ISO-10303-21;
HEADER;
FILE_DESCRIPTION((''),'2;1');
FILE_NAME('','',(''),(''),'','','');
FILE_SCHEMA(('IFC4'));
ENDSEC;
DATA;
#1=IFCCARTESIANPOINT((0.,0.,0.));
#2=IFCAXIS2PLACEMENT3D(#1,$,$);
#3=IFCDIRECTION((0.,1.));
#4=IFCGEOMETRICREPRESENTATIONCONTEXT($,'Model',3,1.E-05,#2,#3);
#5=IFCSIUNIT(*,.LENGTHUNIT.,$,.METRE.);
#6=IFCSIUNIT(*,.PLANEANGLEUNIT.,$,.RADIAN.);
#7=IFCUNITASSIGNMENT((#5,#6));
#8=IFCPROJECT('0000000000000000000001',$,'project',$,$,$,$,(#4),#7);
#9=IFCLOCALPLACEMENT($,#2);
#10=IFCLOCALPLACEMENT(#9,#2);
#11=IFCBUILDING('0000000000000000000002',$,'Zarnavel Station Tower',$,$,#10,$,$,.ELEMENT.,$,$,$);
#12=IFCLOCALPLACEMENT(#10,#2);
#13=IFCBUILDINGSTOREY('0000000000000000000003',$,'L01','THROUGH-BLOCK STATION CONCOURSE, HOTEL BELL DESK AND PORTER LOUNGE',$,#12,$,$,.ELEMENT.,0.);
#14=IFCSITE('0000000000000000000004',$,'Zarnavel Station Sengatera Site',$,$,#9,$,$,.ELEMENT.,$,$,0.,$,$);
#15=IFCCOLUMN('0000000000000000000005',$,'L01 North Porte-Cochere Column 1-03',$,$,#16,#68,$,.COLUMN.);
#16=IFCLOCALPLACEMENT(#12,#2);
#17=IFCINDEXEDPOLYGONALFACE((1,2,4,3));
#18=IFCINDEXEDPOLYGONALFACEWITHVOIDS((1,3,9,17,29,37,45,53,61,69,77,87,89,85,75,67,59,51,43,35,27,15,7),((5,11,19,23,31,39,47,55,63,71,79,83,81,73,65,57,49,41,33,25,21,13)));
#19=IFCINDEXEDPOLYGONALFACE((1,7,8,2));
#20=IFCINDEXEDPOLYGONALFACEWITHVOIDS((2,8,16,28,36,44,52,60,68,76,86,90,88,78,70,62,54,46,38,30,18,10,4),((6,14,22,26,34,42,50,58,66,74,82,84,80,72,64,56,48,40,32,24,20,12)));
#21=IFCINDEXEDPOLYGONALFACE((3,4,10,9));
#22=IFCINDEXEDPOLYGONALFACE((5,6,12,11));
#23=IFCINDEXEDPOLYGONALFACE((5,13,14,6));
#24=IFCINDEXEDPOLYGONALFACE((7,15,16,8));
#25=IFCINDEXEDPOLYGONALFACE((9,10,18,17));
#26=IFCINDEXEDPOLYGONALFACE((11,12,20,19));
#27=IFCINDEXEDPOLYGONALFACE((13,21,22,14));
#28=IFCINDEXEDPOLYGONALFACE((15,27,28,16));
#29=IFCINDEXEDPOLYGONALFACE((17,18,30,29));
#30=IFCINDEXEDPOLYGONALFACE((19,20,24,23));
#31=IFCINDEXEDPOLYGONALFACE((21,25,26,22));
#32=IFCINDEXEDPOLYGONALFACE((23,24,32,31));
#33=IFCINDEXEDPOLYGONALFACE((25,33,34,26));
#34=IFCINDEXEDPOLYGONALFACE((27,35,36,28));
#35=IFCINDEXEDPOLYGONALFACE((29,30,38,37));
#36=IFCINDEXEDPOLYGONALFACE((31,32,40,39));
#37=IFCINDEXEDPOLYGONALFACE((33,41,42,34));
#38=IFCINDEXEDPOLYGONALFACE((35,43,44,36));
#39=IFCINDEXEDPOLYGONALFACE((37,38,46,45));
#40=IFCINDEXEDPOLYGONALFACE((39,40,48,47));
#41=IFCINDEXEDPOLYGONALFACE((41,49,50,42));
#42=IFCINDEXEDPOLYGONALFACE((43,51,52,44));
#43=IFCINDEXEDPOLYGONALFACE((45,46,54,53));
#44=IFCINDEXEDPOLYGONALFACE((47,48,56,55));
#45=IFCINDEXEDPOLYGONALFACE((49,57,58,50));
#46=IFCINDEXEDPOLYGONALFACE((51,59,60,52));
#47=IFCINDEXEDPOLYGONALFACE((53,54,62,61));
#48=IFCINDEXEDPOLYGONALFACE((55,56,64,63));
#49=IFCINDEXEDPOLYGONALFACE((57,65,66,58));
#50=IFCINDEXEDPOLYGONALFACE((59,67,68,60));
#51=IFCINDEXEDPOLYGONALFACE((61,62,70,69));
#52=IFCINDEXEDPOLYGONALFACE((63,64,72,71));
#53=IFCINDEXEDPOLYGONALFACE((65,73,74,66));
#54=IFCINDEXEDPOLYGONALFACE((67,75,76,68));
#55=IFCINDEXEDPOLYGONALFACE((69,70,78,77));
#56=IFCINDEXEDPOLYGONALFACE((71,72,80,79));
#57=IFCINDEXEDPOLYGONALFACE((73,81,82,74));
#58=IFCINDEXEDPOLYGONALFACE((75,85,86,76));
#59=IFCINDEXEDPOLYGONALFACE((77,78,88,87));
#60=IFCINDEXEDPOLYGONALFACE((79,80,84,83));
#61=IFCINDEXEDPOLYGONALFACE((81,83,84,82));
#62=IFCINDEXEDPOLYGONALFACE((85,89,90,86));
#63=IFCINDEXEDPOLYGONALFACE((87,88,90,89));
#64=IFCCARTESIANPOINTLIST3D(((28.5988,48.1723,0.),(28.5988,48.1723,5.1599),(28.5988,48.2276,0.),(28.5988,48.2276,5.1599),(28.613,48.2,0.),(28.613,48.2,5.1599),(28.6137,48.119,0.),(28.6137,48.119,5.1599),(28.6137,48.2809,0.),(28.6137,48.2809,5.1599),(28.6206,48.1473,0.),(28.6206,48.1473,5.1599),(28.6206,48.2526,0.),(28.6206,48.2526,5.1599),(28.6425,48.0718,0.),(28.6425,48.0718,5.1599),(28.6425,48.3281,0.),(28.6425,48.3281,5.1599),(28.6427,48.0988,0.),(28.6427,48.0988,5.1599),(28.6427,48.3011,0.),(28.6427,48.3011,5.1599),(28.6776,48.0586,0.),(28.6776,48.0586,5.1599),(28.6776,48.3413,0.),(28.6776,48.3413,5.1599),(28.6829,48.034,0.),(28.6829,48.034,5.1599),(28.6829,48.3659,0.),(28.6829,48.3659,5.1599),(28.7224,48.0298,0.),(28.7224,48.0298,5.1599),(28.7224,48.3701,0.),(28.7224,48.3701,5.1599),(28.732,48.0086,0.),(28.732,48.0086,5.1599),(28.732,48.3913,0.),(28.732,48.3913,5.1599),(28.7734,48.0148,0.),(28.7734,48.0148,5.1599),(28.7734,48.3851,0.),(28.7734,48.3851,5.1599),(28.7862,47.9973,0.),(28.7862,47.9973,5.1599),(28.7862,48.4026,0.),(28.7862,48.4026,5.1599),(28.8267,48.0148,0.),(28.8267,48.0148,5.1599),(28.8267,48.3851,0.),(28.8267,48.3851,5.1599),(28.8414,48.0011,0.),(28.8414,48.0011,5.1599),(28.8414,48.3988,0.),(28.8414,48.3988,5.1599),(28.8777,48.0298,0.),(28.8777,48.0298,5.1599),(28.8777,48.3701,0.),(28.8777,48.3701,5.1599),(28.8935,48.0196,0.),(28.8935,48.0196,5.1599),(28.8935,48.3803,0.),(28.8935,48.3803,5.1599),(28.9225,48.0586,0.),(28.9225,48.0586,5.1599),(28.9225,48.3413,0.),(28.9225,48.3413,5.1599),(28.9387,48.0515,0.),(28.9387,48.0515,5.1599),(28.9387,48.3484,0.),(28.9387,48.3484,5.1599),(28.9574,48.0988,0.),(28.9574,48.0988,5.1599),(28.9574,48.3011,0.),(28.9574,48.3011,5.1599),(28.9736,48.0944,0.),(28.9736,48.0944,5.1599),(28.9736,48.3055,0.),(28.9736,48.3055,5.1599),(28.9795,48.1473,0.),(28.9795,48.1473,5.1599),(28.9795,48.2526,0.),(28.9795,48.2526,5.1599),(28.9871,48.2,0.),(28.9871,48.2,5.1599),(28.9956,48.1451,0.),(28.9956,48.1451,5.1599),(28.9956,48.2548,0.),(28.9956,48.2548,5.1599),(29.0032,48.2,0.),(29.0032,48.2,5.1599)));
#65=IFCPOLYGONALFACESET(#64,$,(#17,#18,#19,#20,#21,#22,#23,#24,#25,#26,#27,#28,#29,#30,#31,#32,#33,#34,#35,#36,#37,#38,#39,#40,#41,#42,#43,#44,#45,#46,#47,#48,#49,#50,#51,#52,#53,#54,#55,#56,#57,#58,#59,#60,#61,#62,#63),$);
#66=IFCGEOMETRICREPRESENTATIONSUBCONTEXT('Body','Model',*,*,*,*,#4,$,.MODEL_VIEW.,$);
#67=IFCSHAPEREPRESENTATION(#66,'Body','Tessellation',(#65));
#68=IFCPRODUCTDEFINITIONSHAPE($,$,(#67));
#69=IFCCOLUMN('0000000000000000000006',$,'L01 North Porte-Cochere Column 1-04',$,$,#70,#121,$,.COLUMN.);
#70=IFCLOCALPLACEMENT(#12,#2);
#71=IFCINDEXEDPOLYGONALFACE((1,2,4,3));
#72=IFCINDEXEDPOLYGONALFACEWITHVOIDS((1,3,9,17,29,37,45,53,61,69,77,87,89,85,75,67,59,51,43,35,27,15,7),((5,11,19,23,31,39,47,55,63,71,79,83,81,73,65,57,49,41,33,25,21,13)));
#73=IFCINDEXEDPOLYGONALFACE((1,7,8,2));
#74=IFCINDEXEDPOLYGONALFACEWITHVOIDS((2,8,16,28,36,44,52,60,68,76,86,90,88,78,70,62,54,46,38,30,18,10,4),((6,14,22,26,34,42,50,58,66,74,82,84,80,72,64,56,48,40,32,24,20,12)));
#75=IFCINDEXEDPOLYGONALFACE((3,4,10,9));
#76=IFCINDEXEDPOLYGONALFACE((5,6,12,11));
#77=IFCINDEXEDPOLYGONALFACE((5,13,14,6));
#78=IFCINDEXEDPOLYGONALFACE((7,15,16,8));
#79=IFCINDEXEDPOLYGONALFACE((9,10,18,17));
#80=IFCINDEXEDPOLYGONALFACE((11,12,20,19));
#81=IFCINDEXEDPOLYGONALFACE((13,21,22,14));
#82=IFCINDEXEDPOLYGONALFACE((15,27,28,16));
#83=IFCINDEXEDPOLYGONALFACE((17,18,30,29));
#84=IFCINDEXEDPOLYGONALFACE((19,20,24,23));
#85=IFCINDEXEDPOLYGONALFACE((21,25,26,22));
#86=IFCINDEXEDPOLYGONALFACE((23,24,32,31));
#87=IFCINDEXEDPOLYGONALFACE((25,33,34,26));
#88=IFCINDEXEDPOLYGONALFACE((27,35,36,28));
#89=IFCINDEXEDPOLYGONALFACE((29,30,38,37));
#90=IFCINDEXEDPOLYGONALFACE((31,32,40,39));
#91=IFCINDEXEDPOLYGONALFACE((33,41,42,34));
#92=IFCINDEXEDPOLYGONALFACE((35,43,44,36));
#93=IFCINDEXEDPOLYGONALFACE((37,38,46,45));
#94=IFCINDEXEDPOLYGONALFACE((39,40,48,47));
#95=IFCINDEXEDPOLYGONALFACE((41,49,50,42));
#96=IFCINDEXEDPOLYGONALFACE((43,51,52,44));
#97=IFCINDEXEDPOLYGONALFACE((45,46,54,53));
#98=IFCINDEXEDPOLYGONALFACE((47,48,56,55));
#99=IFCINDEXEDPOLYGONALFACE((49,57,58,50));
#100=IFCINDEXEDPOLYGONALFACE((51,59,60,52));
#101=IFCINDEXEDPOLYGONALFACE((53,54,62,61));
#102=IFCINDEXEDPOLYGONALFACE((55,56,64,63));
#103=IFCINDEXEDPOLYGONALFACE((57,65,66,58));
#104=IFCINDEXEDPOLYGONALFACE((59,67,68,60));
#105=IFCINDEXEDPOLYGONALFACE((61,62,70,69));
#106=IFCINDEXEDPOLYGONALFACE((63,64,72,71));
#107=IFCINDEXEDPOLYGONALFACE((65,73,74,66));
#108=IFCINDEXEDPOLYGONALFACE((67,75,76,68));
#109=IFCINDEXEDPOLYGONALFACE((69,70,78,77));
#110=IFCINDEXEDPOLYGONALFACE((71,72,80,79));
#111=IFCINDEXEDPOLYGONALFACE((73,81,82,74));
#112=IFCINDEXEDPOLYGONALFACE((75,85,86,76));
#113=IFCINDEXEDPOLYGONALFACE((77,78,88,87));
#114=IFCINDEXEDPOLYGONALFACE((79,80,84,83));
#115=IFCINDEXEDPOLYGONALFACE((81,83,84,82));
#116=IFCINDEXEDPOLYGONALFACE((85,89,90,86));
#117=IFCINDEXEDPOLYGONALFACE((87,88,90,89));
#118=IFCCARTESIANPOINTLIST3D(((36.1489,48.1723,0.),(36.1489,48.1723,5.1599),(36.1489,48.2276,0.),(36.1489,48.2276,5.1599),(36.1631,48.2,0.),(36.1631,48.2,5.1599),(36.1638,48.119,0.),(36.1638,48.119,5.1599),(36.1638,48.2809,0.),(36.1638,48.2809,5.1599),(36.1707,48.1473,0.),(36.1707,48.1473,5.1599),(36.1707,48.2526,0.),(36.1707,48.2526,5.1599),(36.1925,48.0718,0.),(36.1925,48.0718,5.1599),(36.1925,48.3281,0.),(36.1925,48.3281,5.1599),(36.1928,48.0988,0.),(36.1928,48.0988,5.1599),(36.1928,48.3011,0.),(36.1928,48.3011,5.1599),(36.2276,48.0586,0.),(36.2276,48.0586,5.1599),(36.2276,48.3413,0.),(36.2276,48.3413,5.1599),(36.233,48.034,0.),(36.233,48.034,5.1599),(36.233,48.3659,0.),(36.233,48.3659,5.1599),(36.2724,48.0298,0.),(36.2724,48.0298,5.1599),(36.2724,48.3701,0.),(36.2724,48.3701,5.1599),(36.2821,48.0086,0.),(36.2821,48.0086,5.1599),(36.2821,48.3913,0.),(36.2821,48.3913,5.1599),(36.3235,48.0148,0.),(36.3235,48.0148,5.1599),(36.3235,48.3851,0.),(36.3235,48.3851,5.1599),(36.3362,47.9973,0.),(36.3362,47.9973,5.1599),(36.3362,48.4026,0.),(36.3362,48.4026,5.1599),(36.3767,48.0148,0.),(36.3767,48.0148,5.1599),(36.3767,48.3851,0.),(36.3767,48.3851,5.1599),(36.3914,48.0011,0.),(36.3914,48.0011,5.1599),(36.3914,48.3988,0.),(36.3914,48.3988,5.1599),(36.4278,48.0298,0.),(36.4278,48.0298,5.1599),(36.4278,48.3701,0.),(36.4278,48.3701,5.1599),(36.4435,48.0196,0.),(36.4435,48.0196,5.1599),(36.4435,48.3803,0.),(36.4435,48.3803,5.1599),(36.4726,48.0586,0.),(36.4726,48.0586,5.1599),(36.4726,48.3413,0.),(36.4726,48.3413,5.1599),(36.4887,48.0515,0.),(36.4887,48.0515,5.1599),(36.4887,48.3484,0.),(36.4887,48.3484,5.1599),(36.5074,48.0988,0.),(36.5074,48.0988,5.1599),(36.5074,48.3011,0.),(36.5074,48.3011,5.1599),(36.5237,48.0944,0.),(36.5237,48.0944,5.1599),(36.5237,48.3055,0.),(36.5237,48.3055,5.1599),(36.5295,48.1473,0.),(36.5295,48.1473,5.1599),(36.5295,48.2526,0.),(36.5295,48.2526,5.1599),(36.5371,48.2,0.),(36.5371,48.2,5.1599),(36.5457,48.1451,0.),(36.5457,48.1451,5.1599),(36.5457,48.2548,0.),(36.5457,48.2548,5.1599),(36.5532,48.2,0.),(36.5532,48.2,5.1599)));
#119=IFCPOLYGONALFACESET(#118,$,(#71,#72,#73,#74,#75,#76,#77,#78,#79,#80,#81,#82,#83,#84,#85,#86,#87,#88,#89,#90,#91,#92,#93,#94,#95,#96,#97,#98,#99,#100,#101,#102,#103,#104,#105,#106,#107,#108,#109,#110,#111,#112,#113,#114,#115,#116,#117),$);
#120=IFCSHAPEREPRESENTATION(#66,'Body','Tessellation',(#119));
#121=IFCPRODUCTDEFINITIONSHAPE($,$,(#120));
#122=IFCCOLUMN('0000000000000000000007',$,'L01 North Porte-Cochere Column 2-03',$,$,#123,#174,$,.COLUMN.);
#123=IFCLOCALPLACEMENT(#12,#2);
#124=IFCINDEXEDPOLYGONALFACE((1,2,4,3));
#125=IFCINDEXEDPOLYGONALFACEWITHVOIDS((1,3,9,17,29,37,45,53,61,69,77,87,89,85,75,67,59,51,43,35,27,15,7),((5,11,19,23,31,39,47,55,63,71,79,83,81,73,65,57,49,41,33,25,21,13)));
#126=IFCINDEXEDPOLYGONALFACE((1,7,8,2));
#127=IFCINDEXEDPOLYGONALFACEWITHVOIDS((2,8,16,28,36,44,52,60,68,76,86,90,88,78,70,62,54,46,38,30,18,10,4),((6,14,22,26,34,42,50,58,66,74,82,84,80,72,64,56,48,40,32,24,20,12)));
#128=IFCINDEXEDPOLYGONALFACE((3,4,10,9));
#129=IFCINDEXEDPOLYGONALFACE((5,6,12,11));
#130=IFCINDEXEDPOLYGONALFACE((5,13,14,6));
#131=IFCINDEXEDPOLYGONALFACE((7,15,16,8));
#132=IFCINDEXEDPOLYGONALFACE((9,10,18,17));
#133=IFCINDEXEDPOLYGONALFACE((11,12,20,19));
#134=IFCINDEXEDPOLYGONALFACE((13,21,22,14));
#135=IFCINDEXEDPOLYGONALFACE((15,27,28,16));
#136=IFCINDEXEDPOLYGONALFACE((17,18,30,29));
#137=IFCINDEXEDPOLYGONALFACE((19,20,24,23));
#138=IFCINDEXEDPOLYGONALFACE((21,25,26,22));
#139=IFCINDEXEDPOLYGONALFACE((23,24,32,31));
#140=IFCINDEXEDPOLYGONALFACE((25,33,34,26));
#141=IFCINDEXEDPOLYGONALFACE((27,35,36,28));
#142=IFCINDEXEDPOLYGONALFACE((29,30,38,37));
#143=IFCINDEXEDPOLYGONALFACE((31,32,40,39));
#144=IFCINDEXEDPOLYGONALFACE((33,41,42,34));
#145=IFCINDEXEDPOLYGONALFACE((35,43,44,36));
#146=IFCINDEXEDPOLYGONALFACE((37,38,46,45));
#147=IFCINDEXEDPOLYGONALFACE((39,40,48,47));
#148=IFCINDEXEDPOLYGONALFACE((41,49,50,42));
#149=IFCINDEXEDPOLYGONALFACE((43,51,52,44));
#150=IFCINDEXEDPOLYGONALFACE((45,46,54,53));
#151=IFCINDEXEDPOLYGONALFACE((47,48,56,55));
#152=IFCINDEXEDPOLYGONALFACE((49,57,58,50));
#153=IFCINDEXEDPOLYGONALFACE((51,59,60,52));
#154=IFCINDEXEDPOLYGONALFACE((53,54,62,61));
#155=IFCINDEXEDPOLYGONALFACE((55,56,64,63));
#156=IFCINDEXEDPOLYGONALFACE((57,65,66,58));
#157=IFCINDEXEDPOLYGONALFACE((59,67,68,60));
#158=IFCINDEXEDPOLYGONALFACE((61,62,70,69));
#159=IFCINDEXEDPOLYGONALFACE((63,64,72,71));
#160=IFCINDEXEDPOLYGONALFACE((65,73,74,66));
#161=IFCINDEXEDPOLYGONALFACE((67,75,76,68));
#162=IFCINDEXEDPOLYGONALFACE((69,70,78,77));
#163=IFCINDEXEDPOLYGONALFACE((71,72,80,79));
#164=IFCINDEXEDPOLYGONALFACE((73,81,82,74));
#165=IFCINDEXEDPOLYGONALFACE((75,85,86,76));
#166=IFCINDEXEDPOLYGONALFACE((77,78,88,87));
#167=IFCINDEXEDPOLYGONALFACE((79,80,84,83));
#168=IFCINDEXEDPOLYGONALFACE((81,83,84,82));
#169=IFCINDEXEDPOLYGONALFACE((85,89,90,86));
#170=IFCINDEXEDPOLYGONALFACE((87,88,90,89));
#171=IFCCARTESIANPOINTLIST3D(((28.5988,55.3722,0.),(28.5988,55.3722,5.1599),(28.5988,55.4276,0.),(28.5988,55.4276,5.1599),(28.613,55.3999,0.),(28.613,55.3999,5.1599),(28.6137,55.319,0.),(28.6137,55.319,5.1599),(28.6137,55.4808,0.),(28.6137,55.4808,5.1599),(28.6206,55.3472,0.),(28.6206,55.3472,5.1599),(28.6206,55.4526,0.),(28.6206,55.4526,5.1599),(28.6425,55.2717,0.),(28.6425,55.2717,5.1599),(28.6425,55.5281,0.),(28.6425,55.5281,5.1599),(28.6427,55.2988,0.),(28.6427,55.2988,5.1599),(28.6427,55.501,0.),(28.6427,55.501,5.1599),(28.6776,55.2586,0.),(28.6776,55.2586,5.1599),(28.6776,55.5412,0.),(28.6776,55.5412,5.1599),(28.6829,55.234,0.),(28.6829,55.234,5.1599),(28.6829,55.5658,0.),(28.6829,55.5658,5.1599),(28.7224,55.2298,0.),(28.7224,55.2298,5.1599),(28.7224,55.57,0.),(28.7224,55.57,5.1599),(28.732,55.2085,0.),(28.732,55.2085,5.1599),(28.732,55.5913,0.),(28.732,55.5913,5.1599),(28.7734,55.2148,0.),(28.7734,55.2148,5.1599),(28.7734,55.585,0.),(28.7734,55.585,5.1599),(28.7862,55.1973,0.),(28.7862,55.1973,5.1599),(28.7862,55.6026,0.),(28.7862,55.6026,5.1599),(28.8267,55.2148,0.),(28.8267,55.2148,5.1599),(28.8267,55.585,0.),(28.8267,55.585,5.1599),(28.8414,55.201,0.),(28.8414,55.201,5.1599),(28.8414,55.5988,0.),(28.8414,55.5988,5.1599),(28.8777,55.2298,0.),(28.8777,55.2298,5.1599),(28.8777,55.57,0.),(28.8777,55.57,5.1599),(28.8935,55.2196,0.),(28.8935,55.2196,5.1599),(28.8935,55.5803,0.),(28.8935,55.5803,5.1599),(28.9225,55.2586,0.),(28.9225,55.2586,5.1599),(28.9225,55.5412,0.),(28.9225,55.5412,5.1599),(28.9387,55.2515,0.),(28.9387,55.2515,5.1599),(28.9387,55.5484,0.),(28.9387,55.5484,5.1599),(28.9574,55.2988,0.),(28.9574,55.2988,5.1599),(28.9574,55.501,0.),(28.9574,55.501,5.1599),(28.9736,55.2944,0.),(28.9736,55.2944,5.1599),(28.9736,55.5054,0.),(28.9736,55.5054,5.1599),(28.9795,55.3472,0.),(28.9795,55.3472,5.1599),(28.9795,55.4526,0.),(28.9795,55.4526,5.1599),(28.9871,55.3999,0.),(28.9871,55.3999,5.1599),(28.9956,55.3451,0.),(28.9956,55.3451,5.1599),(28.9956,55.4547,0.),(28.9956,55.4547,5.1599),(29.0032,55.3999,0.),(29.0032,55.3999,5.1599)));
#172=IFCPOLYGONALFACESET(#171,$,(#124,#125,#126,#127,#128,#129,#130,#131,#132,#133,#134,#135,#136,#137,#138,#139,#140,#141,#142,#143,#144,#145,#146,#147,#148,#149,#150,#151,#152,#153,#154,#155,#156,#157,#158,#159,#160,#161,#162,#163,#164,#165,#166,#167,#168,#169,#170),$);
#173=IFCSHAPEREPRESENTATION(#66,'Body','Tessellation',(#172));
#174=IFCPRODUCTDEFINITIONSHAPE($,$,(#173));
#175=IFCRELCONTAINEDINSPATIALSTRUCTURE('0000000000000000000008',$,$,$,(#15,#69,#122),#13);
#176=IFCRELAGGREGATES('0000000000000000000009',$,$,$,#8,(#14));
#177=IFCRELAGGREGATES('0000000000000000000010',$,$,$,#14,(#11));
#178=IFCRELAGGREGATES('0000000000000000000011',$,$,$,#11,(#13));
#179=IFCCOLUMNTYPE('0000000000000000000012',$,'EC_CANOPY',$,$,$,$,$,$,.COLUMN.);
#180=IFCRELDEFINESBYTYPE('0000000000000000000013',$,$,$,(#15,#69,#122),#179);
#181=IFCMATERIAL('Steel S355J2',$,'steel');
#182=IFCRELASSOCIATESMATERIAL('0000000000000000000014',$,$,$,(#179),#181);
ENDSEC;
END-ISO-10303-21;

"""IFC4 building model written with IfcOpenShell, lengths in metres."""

from ifc_helpers import new_model, si_unit, direction, frame, origin, origin_2d, place, context, subcontext, project, spatial, hollow_circle, extrude, material, material_profile, profile_set, type_object, element, save


model = new_model("IFC4")

# Units and contexts
model_context = context("Model", 3, precision=1e-05, world=origin(), true_north=direction((0.0, 1.0)))
body_context = subcontext(model_context, "Body", "Model", "MODEL_VIEW")
ifc_project = project(units=[si_unit("LENGTHUNIT", "METRE"), si_unit("PLANEANGLEUNIT", "RADIAN")], contexts=[model_context])

# Site, building, storey
site_placement = place(None, origin())
site = spatial("IfcSite", under=ifc_project, at=site_placement, Name="Zarnavel Station Sengatera Site", CompositionType="ELEMENT", RefElevation=0.0)
building_placement = place(site_placement, origin())
building = spatial("IfcBuilding", under=site, at=building_placement, Name="Zarnavel Station Tower", CompositionType="ELEMENT")
storey_placement = place(building_placement, origin())
storey = spatial("IfcBuildingStorey", under=building, at=storey_placement, Name="L01", Description="THROUGH-BLOCK STATION CONCOURSE, HOTEL BELL DESK AND PORTER LOUNGE", CompositionType="ELEMENT", Elevation=0.0)

# Columns
ifc_material_1 = material(Name="Steel S355J2", Category="steel")
ifc_material_profile_1 = material_profile(ifc_material_1, hollow_circle(Radius=0.2031, WallThickness=0.0161, at=origin_2d()), Name="CHS406.4x16")
ifc_profile_set_1 = profile_set([ifc_material_profile_1], Name="Steel S355J2")
column_type_1 = type_object("IfcColumnType", Name="EC_CANOPY", PredefinedType="COLUMN", material=ifc_profile_set_1)
for number, where, z_axis, x_axis, name in (
    (1, (28.8, 48.2, 0.0), (0.0, 0.0, 1.0), (1.0, 0.0, 0.0), "L01 North Porte-Cochere Column 1-03"),
    (2, (36.3501, 48.2, 0.0), (0.0, 0.0, 1.0), (1.0, 0.0, 0.0), "L01 North Porte-Cochere Column 1-04"),
    (3, (28.8, 55.3999, 0.0), (0.0, 0.0, 1.0), (1.0, 0.0, 0.0), "L01 North Porte-Cochere Column 2-03"),
):
    element("IfcColumn", number, at=place(storey_placement, frame(where, z_axis=z_axis, x_axis=x_axis)), inside=storey, type_object=column_type_1, Name=name, PredefinedType="COLUMN", context=body_context, shape_type="SweptSolid", body=[
        extrude(hollow_circle(Radius=0.2031, WallThickness=0.0161, at=origin_2d()), origin(), (0.0, 0.0, 1.0), 5.1599),
    ])

save(model, "model.ifc")
